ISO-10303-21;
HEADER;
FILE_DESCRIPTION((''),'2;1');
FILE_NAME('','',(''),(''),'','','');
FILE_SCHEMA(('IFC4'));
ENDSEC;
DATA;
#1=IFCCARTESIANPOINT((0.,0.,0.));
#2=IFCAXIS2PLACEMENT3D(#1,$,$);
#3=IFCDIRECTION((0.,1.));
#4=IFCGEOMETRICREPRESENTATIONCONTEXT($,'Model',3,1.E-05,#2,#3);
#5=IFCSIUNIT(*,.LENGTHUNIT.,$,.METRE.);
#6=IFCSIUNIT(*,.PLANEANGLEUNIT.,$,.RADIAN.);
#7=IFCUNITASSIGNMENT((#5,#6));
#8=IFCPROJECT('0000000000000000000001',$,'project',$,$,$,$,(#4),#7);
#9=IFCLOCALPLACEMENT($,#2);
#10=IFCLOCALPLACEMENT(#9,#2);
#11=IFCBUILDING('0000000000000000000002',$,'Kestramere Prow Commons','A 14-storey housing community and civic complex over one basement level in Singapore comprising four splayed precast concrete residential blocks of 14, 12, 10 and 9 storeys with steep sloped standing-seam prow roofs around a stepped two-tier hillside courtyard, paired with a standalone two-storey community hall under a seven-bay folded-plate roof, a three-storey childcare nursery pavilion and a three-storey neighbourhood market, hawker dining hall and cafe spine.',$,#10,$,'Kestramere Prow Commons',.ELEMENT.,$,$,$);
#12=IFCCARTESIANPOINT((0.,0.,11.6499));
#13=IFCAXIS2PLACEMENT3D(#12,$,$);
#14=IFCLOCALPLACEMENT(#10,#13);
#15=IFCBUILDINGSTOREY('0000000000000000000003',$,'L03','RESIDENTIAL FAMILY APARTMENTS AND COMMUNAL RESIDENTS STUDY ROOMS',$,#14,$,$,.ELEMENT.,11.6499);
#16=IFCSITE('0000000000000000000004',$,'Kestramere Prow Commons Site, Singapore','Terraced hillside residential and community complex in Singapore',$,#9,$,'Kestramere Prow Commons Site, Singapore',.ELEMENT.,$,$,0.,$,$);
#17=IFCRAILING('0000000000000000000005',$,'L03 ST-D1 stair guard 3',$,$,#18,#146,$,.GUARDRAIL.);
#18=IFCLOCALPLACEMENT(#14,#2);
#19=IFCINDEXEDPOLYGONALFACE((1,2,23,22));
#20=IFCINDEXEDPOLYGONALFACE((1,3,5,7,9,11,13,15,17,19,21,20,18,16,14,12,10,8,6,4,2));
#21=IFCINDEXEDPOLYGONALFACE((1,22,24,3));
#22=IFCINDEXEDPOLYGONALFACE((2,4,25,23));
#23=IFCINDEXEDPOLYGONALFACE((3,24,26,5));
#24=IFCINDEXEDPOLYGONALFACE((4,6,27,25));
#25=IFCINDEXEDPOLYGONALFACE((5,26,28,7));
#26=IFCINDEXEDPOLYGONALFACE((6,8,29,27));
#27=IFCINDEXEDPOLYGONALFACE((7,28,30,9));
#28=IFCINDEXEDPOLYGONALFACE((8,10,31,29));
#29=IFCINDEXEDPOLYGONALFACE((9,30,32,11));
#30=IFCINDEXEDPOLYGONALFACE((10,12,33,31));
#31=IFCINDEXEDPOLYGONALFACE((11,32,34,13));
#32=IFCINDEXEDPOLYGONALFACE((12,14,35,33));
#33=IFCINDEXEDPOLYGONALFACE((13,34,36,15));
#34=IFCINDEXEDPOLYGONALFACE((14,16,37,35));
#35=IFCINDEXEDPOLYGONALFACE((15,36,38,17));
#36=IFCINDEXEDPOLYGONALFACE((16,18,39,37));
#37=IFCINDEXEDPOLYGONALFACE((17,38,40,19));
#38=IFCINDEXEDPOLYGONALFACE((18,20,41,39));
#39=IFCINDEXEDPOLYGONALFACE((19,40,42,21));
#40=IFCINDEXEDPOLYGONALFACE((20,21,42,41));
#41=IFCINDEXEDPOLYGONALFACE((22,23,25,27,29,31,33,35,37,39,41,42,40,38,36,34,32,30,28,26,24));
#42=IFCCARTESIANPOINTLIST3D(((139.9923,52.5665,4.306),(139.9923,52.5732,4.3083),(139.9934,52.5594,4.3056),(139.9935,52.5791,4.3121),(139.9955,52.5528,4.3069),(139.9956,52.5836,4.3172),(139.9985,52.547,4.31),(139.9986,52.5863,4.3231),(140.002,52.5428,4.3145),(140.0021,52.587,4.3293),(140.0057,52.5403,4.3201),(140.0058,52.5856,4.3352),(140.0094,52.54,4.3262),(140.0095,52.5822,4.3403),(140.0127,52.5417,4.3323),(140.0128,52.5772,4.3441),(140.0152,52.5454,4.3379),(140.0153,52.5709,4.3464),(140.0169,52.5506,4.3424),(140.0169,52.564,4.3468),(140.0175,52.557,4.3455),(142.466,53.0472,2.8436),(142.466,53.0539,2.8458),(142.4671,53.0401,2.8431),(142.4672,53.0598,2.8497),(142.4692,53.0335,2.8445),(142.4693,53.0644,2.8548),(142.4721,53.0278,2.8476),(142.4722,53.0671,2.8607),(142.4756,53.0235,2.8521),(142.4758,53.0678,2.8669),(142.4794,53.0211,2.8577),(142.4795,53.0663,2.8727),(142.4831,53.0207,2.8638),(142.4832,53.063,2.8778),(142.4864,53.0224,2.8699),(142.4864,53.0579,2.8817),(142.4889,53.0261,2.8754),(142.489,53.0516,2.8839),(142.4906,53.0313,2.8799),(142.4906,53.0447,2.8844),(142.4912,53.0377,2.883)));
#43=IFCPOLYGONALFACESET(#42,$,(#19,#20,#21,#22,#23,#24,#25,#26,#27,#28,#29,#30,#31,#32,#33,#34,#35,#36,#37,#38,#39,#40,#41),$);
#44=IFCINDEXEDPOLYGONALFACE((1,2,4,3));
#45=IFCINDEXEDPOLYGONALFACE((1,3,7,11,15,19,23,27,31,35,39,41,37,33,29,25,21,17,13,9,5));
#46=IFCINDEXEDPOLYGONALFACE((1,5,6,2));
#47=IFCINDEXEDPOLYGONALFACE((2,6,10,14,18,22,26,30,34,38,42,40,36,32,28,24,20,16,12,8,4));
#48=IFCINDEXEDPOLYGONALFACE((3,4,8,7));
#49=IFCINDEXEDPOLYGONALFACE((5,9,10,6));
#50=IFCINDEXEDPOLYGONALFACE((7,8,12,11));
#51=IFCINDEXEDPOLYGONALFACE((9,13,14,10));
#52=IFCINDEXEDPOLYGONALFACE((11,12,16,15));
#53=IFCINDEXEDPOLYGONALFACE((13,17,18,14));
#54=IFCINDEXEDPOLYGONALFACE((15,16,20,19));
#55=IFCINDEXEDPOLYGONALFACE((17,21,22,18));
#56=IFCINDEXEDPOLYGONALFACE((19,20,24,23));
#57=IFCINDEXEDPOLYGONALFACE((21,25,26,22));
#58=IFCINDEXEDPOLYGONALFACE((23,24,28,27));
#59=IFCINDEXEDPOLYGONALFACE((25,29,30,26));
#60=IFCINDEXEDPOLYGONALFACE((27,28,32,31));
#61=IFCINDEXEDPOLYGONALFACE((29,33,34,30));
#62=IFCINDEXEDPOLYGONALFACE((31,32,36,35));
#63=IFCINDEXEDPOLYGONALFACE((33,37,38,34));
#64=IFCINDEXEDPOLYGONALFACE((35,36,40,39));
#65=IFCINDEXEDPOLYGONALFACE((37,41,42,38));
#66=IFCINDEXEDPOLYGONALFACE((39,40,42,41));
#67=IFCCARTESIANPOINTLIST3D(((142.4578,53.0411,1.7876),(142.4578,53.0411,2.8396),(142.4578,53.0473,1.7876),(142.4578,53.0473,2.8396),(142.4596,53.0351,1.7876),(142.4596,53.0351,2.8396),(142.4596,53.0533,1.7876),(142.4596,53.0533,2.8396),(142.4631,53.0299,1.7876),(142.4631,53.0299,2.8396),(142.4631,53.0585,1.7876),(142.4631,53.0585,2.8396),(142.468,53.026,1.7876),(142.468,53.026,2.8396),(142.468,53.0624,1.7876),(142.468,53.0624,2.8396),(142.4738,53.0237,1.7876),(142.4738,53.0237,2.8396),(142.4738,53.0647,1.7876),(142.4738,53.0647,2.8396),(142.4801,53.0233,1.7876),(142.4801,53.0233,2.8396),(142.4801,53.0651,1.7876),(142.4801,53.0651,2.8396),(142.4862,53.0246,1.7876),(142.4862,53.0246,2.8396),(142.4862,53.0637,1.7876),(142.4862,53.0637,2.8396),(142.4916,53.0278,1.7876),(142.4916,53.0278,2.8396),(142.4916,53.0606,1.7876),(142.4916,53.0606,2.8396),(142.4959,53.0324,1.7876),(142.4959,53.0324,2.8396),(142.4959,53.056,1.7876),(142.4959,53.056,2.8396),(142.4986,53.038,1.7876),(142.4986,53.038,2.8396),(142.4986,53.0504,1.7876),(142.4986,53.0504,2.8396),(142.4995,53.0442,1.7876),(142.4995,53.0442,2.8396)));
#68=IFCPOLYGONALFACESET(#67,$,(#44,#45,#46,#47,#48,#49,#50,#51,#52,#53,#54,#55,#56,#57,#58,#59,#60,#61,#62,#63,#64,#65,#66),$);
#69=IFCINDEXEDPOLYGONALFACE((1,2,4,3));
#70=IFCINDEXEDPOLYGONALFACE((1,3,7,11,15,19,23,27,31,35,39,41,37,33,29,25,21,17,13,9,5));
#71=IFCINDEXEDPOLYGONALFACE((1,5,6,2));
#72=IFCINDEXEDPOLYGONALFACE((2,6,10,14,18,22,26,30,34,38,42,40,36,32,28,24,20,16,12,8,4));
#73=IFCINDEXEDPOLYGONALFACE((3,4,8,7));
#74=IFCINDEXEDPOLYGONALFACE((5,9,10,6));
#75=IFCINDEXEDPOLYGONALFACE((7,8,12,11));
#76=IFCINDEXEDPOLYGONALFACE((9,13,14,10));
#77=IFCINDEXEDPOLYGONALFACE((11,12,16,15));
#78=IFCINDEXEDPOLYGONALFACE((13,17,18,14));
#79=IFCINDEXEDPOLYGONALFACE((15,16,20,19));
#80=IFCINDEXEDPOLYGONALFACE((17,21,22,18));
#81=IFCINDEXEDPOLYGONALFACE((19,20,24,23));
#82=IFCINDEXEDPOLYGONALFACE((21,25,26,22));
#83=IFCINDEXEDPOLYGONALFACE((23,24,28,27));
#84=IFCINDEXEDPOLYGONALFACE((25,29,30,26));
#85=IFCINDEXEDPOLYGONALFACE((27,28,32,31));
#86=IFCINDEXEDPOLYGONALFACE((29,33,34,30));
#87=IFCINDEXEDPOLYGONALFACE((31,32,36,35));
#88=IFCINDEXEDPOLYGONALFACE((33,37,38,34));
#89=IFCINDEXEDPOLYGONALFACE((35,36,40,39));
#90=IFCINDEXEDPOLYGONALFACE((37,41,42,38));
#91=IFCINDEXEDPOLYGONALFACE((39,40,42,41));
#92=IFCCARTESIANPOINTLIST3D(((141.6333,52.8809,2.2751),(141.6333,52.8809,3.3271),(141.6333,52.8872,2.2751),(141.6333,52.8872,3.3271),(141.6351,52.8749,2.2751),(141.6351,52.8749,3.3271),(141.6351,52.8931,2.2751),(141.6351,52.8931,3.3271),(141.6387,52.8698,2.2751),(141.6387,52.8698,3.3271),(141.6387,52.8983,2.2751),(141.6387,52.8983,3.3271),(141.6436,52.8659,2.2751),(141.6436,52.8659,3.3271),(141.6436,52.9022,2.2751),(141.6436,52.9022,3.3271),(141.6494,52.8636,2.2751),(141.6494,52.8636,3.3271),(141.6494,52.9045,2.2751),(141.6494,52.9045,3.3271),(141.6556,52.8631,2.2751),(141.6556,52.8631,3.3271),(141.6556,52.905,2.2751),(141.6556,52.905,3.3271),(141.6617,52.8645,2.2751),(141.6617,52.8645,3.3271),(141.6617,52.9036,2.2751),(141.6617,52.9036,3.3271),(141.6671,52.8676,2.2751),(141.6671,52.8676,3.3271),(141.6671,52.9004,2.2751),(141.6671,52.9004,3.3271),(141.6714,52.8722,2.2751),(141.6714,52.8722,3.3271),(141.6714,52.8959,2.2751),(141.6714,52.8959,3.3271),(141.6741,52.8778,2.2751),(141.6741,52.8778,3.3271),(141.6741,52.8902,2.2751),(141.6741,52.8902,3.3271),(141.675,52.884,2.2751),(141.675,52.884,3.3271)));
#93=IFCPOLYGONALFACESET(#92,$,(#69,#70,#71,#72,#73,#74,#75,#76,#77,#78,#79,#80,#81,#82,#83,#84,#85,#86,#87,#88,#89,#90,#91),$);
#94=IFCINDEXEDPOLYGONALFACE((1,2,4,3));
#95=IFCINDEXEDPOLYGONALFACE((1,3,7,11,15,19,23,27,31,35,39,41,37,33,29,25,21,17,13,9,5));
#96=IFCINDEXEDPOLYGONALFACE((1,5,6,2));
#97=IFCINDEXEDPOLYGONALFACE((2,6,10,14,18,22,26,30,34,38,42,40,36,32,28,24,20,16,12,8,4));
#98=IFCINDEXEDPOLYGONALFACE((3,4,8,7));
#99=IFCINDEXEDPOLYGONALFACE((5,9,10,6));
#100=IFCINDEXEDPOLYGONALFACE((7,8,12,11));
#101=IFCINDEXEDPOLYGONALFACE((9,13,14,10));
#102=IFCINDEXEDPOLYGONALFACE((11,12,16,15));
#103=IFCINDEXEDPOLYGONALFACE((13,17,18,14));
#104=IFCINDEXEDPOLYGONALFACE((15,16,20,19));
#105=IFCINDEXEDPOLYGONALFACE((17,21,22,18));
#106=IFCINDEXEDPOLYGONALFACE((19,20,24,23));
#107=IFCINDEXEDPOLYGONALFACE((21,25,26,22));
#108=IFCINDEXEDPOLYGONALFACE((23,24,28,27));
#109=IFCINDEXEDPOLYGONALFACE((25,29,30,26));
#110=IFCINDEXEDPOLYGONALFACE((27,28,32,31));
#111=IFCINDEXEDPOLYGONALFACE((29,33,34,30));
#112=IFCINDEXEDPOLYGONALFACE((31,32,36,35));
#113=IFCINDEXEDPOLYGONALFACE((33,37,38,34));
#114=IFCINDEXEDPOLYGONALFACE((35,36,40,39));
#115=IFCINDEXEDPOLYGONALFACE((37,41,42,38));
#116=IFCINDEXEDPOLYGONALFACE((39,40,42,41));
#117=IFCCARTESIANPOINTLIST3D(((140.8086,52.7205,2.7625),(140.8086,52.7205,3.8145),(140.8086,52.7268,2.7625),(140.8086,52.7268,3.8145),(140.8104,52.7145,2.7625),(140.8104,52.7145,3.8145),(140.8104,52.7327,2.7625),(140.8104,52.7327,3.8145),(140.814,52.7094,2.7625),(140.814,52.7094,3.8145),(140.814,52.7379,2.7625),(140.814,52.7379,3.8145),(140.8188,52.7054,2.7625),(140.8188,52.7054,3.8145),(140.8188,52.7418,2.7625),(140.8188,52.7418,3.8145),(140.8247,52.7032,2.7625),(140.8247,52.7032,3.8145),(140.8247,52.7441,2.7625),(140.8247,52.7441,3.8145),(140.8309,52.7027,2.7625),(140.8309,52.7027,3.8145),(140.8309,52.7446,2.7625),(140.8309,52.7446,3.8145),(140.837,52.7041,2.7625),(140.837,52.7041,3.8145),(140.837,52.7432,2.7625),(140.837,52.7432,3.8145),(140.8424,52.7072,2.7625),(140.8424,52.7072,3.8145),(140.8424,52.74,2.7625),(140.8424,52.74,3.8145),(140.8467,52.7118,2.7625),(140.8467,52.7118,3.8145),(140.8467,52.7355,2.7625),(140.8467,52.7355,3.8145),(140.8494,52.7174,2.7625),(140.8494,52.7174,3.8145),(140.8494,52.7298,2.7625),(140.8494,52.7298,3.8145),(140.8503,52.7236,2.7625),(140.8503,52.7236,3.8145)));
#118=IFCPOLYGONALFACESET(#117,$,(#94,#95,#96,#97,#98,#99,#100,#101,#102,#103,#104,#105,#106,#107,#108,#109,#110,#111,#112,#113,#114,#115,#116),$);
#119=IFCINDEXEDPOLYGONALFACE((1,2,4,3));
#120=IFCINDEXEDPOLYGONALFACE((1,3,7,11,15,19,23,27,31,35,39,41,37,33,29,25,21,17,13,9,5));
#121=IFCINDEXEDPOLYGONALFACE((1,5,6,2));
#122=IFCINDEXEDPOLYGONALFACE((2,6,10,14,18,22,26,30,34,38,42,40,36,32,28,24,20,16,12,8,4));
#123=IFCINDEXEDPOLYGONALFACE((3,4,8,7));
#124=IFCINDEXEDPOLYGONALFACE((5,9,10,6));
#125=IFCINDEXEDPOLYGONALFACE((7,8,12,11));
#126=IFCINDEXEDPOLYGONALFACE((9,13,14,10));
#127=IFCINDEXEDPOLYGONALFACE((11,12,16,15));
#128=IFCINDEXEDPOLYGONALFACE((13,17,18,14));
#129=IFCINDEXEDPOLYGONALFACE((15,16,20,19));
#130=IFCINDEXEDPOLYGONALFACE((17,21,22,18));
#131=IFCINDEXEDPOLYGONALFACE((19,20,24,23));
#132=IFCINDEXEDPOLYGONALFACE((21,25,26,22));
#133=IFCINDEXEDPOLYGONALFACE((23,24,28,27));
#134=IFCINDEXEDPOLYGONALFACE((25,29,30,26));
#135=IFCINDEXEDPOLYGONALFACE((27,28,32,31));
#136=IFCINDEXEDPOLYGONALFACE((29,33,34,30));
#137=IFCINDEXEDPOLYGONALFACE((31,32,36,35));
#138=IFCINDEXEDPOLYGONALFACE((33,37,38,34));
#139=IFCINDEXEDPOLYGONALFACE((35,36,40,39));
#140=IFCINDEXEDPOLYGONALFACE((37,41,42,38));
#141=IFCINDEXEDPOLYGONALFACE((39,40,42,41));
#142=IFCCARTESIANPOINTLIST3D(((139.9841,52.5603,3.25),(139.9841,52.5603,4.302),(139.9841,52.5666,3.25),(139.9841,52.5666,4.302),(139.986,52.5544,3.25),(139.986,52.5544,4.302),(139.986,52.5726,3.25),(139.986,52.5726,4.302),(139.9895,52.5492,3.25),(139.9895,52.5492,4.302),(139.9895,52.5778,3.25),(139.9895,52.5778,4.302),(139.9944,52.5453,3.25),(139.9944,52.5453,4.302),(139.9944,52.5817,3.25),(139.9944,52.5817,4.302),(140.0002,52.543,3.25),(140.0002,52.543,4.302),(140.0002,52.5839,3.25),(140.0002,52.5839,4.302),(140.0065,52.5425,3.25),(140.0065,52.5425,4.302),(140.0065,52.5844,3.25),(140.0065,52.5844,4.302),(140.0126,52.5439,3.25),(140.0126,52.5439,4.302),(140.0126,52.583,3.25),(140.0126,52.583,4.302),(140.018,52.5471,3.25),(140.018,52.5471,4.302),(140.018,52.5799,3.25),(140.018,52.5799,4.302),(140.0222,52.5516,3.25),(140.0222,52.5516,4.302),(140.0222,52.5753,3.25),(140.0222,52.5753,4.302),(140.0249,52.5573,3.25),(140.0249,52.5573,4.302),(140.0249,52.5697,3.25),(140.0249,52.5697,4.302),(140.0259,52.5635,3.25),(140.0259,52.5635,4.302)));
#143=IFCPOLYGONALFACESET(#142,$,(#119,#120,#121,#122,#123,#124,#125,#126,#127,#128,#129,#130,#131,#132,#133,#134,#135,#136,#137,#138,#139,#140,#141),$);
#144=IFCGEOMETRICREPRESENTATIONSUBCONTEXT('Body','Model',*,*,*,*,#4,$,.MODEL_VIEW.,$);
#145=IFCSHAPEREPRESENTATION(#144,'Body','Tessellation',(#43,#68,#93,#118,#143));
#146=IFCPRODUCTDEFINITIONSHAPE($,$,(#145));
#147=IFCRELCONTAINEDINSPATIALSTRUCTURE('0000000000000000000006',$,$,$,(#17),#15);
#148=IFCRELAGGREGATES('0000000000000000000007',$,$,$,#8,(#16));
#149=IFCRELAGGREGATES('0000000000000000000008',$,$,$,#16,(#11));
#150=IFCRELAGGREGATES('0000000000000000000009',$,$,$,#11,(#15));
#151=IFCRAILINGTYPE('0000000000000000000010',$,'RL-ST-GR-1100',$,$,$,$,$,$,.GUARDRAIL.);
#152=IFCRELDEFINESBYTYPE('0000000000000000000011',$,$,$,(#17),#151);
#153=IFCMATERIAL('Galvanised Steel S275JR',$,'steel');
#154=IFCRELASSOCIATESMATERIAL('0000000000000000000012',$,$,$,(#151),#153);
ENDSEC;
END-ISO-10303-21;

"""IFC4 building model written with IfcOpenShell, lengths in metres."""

from ifc_helpers import new_model, si_unit, direction, frame, origin, origin_2d, place, context, subcontext, project, spatial, circle, extrude, material, type_object, element, save


model = new_model("IFC4")

# Units and contexts
model_context = context("Model", 3, precision=1e-05, world=origin(), true_north=direction((0.0, 1.0)))
body_context = subcontext(model_context, "Body", "Model", "MODEL_VIEW")
ifc_project = project(units=[si_unit("LENGTHUNIT", "METRE"), si_unit("PLANEANGLEUNIT", "RADIAN")], contexts=[model_context])

# Site, building, storey
site_placement = place(None, origin())
site = spatial("IfcSite", under=ifc_project, at=site_placement, Name="Kestramere Prow Commons Site, Singapore", Description="Terraced hillside residential and community complex in Singapore", LongName="Kestramere Prow Commons Site, Singapore", CompositionType="ELEMENT", RefElevation=0.0)
building_placement = place(site_placement, origin())
building = spatial("IfcBuilding", under=site, at=building_placement, Name="Kestramere Prow Commons", Description="A 14-storey housing community and civic complex over one basement level in Singapore comprising four splayed precast concrete residential blocks of 14, 12, 10 and 9 storeys with steep sloped standing-seam prow roofs around a stepped two-tier hillside courtyard, paired with a standalone two-storey community hall under a seven-bay folded-plate roof, a three-storey childcare nursery pavilion and a three-storey neighbourhood market, hawker dining hall and cafe spine.", LongName="Kestramere Prow Commons", CompositionType="ELEMENT")
storey_placement = place(building_placement, frame((0.0, 0.0, 11.6499)))
storey = spatial("IfcBuildingStorey", under=building, at=storey_placement, Name="L03", Description="RESIDENTIAL FAMILY APARTMENTS AND COMMUNAL RESIDENTS STUDY ROOMS", CompositionType="ELEMENT", Elevation=11.6499)

# Railing
ifc_material_1 = material(Name="Galvanised Steel S275JR", Category="steel")
railing_type_1 = type_object("IfcRailingType", Name="RL-ST-GR-1100", PredefinedType="GUARDRAIL", material=ifc_material_1)
railing_1_placement = place(storey_placement, frame((142.4785, 53.0442, 1.7876)))
element("IfcRailing", 1, at=railing_1_placement, inside=storey, type_object=railing_type_1, Name="L03 ST-D1 stair guard 3", PredefinedType="GUARDRAIL", context=body_context, shape_type="SweptSolid", body=[
    extrude(circle(Radius=0.0239, at=origin_2d()), frame((0.0, 0.0, 1.0762), z_axis=(-0.84902, -0.164994, 0.501938), x_axis=(0.190766, -0.981636, 0.0)), (0.0, 0.0, 1.0), 2.9136),
    extrude(circle(Radius=0.021, at=origin_2d()), origin(), (0.0, 0.0, 1.0), 1.052),
    extrude(circle(Radius=0.021, at=origin_2d()), frame((-0.8245, -0.1602, 0.4875)), (0.0, 0.0, 1.0), 1.052),
    extrude(circle(Radius=0.021, at=origin_2d()), frame((-1.6492, -0.3206, 0.9749)), (0.0, 0.0, 1.0), 1.052),
    extrude(circle(Radius=0.021, at=origin_2d()), frame((-2.4736, -0.4807, 1.4624)), (0.0, 0.0, 1.0), 1.052),
])

save(model, "model.ifc")
